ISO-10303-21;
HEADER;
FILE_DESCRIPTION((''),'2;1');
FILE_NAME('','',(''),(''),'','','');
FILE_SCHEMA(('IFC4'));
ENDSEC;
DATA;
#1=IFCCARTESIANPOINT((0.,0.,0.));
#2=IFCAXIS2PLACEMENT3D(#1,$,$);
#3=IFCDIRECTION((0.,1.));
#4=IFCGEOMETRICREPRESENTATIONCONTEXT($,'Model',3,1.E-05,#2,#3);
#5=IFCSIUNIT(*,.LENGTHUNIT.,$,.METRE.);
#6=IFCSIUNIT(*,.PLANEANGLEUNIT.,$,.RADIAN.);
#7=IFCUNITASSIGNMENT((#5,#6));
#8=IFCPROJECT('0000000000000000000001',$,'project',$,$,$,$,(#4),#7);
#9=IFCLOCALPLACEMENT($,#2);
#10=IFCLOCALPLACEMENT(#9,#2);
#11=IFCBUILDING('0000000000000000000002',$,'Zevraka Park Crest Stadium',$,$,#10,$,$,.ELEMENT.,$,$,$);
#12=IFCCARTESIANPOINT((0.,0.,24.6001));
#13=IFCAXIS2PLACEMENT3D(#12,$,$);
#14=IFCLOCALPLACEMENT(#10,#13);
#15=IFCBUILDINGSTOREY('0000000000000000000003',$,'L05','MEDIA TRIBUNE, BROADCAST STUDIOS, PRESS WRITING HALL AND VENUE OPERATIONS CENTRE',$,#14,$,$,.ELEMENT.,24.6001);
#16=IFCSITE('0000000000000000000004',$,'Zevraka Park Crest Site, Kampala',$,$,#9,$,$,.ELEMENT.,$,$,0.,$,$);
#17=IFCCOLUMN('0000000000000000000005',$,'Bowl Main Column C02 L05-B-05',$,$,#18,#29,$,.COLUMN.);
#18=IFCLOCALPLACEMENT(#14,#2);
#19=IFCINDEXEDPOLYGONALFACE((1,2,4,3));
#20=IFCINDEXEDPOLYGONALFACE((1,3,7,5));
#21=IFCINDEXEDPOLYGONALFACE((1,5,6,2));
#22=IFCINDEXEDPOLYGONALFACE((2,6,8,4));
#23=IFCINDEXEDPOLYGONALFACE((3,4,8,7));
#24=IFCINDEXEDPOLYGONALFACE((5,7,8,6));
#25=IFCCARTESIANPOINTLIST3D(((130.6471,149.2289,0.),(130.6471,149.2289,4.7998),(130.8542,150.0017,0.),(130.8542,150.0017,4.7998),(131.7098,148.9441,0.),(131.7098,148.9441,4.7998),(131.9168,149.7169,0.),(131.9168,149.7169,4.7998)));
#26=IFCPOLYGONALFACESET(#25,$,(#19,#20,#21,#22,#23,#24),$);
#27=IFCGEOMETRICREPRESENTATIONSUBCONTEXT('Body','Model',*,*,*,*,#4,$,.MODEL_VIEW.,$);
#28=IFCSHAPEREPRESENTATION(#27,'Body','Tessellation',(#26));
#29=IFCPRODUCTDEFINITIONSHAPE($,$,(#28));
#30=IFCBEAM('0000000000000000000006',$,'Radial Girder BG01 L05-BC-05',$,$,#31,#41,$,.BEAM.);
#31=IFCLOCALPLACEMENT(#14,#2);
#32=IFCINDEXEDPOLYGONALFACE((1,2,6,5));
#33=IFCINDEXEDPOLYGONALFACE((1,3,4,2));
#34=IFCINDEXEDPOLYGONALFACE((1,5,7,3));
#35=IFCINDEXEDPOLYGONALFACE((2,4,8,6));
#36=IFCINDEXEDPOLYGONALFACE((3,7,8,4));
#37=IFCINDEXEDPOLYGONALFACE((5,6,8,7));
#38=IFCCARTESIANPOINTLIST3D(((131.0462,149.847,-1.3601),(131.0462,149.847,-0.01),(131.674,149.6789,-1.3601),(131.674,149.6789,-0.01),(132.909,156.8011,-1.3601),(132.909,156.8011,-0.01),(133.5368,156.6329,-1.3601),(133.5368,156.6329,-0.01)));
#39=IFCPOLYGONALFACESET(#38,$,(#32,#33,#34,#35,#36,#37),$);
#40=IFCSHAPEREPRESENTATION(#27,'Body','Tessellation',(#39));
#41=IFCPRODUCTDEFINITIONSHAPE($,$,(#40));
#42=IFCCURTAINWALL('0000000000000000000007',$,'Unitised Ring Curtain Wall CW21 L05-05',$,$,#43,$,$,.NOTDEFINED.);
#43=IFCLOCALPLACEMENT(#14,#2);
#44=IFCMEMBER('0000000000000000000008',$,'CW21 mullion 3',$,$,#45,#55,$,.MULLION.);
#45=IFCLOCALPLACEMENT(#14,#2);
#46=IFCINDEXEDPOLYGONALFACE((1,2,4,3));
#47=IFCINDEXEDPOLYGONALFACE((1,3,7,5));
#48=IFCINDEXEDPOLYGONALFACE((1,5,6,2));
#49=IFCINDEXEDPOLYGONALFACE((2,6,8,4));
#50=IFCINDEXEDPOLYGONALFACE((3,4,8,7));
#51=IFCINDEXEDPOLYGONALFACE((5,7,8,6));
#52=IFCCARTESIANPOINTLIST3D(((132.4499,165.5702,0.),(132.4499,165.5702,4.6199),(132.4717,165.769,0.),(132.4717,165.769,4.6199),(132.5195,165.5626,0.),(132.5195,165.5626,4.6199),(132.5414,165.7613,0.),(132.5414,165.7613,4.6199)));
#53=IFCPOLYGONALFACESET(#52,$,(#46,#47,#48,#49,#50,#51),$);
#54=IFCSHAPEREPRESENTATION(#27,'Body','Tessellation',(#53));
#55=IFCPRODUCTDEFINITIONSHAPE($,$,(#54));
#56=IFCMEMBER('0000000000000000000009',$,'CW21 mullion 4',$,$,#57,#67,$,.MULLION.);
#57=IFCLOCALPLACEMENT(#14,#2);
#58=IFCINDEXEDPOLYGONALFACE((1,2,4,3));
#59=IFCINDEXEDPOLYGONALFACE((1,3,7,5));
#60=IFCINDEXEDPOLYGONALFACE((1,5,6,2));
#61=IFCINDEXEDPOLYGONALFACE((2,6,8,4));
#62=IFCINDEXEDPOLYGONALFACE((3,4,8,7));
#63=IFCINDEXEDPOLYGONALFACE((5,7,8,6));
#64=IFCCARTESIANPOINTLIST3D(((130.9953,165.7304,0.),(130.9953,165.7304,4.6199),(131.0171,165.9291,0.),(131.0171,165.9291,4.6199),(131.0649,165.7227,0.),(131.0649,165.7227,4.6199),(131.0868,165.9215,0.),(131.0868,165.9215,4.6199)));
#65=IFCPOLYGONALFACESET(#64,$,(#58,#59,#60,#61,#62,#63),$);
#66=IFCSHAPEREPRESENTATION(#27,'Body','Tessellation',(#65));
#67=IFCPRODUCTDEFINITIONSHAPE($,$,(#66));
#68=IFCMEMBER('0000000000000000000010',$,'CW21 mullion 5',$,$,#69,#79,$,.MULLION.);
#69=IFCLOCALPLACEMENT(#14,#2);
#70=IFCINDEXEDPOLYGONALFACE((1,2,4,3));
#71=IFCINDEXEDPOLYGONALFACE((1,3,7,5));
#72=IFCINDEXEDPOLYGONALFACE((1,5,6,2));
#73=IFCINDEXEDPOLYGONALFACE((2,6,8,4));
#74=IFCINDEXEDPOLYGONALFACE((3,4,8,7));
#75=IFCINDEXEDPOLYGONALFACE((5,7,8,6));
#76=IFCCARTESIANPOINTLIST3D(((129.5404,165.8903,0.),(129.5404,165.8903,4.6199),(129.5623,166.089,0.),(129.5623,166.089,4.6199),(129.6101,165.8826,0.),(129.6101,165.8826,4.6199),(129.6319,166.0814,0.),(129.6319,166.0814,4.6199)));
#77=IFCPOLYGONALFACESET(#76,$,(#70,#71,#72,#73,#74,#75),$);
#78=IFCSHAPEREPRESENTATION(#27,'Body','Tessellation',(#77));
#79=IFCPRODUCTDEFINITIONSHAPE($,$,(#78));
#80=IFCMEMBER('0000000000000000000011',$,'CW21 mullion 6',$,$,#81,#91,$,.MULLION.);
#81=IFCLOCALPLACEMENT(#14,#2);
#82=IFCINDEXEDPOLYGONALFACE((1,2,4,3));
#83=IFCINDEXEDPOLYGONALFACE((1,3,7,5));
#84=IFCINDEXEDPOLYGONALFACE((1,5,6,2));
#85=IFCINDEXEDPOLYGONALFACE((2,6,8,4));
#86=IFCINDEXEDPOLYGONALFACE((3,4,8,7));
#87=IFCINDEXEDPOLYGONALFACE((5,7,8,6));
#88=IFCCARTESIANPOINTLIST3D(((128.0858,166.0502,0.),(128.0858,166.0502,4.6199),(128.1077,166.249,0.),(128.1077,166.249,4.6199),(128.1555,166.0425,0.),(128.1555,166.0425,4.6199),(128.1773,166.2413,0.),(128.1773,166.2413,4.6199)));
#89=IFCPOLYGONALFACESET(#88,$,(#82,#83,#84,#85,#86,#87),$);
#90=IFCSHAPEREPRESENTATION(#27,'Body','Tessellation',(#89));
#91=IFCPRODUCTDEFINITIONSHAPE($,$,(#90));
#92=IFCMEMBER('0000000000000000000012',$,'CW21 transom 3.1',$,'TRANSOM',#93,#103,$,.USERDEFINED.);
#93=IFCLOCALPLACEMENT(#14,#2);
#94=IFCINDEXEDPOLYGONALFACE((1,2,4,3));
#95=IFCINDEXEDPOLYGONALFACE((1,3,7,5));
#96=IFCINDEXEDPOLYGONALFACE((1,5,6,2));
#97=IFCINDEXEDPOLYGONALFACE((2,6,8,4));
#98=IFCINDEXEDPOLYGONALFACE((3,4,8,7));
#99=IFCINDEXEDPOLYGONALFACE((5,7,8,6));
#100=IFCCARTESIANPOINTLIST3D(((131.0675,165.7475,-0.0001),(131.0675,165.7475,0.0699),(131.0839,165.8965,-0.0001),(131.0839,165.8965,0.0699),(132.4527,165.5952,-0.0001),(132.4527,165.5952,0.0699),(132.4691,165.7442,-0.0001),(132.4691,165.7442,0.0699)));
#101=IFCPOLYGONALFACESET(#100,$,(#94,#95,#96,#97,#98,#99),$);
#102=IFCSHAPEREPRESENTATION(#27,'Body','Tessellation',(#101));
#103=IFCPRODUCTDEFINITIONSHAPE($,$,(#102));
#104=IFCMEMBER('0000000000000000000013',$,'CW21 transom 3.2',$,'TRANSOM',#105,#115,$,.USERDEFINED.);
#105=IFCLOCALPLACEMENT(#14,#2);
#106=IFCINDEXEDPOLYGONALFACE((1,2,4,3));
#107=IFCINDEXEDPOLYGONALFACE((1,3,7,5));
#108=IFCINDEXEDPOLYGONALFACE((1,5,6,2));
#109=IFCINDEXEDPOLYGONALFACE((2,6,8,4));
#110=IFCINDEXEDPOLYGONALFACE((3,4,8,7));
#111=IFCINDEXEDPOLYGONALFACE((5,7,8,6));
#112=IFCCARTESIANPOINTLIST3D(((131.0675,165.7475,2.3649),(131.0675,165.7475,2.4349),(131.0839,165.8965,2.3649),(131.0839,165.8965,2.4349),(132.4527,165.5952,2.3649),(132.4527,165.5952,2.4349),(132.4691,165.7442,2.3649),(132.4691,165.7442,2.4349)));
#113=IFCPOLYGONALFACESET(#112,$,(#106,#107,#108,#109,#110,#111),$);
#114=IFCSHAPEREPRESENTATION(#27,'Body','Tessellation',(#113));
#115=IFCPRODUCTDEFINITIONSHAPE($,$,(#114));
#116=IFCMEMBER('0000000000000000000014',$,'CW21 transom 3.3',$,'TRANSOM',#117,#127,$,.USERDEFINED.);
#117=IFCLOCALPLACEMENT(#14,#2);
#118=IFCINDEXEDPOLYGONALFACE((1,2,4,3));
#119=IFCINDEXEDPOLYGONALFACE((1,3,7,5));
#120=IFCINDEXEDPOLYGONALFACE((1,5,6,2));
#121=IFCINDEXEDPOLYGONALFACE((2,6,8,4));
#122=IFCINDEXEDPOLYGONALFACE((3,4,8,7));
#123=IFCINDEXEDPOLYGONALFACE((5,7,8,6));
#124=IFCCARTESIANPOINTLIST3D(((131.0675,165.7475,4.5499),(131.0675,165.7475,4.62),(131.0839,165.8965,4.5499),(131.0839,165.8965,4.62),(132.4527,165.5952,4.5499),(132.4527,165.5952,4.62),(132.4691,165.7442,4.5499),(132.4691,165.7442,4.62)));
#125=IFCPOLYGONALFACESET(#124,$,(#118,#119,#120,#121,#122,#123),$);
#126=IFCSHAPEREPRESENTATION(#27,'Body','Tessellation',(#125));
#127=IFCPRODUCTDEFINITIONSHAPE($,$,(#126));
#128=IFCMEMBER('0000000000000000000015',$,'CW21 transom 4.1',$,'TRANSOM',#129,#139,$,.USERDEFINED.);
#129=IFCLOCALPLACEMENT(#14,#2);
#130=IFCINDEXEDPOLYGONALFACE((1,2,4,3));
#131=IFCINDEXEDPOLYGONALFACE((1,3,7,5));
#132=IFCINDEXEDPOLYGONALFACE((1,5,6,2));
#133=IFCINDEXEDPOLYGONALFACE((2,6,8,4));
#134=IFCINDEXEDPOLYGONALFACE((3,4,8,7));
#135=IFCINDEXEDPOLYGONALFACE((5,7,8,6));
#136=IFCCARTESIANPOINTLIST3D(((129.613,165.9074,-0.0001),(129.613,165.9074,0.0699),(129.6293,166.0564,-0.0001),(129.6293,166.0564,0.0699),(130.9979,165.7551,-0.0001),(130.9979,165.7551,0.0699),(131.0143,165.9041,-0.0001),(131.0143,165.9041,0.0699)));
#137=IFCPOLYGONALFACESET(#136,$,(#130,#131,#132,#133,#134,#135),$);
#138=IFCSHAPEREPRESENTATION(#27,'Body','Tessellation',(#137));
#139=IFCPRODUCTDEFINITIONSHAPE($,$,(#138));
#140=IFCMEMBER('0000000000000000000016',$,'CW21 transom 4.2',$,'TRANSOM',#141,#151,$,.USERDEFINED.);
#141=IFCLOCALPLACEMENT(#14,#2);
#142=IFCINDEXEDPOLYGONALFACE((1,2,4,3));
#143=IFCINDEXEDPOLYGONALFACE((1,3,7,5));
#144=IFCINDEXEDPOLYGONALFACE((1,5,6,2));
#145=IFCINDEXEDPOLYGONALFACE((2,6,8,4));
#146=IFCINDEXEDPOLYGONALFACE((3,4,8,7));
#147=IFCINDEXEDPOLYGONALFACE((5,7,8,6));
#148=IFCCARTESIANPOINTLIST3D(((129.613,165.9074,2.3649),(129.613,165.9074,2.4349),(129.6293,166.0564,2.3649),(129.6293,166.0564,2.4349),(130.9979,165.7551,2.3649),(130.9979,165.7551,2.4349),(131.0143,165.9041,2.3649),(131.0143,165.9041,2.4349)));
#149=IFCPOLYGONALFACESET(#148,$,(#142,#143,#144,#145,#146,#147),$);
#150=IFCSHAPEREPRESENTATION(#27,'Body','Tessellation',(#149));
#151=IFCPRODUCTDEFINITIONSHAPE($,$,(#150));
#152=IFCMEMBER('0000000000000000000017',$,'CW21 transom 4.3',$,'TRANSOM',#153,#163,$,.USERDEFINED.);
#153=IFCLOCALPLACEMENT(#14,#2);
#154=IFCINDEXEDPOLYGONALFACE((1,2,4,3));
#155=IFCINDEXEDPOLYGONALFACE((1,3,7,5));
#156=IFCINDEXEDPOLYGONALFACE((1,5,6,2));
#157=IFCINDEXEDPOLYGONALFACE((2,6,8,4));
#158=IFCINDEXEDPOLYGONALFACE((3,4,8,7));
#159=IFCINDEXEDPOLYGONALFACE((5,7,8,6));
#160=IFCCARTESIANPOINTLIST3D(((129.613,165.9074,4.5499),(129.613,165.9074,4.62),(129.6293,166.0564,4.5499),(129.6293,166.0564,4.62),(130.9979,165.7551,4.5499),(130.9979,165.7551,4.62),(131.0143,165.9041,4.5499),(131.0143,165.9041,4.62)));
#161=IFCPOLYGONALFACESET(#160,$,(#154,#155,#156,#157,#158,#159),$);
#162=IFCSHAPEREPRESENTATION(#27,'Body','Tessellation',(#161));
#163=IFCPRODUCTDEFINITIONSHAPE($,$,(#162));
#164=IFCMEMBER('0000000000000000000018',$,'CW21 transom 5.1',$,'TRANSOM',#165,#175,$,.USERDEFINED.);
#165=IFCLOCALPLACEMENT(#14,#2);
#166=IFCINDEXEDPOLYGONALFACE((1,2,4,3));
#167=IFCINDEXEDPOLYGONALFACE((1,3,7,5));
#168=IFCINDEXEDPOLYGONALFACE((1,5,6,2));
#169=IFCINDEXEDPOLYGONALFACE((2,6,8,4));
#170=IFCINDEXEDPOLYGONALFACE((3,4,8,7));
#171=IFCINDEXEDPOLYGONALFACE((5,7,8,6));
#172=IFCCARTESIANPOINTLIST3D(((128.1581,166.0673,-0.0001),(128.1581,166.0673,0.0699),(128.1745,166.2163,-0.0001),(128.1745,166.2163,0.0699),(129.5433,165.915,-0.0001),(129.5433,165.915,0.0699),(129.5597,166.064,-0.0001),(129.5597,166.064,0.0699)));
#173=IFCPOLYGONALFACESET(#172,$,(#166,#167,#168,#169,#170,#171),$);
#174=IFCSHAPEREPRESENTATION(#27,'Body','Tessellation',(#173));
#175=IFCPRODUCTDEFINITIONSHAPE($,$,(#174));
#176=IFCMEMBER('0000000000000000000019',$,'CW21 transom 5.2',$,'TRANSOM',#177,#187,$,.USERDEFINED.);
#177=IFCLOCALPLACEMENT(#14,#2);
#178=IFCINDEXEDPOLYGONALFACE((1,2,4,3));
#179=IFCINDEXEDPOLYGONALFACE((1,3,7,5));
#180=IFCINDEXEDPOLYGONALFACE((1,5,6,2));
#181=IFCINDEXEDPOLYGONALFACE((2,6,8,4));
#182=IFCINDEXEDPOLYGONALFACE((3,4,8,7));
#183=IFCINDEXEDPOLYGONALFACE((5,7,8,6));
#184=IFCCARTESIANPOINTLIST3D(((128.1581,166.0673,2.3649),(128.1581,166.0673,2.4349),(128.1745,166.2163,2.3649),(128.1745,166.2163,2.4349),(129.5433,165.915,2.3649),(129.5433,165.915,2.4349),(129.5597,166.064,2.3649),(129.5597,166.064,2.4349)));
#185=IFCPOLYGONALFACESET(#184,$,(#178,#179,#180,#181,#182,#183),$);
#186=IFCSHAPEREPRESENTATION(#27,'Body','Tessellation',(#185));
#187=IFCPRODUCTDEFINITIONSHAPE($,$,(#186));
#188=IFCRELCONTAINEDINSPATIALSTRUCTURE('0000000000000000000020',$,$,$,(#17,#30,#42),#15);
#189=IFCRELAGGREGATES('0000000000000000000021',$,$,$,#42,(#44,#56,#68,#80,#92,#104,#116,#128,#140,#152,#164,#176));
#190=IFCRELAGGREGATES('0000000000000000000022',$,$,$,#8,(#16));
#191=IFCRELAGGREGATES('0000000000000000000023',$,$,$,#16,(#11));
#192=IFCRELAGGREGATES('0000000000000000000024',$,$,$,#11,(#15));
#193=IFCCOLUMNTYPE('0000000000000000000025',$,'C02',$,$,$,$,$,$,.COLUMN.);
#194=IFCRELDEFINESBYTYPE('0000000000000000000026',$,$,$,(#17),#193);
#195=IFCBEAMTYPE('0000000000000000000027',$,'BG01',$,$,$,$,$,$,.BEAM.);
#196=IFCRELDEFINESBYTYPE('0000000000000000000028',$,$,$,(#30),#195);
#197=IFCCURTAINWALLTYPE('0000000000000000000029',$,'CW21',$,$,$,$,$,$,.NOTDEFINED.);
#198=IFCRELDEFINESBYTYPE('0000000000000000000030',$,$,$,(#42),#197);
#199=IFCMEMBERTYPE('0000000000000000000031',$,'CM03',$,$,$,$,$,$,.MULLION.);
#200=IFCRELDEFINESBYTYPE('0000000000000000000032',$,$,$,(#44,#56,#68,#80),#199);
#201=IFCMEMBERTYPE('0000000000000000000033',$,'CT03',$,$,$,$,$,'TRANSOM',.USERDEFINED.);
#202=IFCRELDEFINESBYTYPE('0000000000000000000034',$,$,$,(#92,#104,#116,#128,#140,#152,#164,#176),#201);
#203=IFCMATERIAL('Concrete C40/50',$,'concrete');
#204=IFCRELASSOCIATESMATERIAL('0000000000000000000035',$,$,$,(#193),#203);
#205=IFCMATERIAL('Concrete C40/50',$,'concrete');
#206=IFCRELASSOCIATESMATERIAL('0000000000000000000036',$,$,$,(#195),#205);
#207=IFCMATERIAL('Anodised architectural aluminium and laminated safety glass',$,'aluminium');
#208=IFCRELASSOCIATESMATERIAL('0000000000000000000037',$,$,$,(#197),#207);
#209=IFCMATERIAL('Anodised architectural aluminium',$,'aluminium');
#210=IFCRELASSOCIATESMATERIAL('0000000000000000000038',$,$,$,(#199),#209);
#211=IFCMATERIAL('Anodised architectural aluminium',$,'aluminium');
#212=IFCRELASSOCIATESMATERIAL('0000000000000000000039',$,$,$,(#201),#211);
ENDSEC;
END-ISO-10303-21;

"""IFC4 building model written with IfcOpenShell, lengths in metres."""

from ifc_helpers import new_model, si_unit, direction, frame, origin, origin_2d, place, context, subcontext, project, spatial, rectangle, extrude, material, material_profile, profile_set, type_object, element, aggregate, save


model = new_model("IFC4")

# Units and contexts
model_context = context("Model", 3, precision=1e-05, world=origin(), true_north=direction((0.0, 1.0)))
body_context = subcontext(model_context, "Body", "Model", "MODEL_VIEW")
ifc_project = project(units=[si_unit("LENGTHUNIT", "METRE"), si_unit("PLANEANGLEUNIT", "RADIAN")], contexts=[model_context])

# Site, building, storey
site_placement = place(None, origin())
site = spatial("IfcSite", under=ifc_project, at=site_placement, Name="Zevraka Park Crest Site, Kampala", CompositionType="ELEMENT", RefElevation=0.0)
building_placement = place(site_placement, origin())
building = spatial("IfcBuilding", under=site, at=building_placement, Name="Zevraka Park Crest Stadium", CompositionType="ELEMENT")
storey_placement = place(building_placement, frame((0.0, 0.0, 24.6001)))
storey = spatial("IfcBuildingStorey", under=building, at=storey_placement, Name="L05", Description="MEDIA TRIBUNE, BROADCAST STUDIOS, PRESS WRITING HALL AND VENUE OPERATIONS CENTRE", CompositionType="ELEMENT", Elevation=24.6001)

# Column
ifc_material_1 = material(Name="Concrete C40/50", Category="concrete")
ifc_material_profile_1 = material_profile(ifc_material_1, rectangle(XDim=0.8, YDim=1.1001, at=origin_2d()), Name="RC 1100x800")
ifc_profile_set_1 = profile_set([ifc_material_profile_1], Name="Concrete C40/50")
column_type = type_object("IfcColumnType", Name="C02", PredefinedType="COLUMN", material=ifc_profile_set_1)
column_placement = place(storey_placement, frame((131.282, 149.4729, 0.0), z_axis=(0.0, 0.0, 1.0), x_axis=(0.258819, 0.965926, 0.0)))
element("IfcColumn", 1, at=column_placement, inside=storey, type_object=column_type, Name="Bowl Main Column C02 L05-B-05", PredefinedType="COLUMN", context=body_context, shape_type="SweptSolid", body=[
    extrude(rectangle(XDim=0.8, YDim=1.1001, at=origin_2d()), origin(), (0.0, 0.0, 1.0), 4.7998),
])

# Beam
ifc_material_2 = material(Name="Concrete C40/50", Category="concrete")
ifc_material_profile_2 = material_profile(ifc_material_2, rectangle(XDim=0.6499, YDim=1.3501, at=origin_2d()), Name="RC 1350x650")
ifc_profile_set_2 = profile_set([ifc_material_profile_2], Name="Concrete C40/50")
beam_type_1 = type_object("IfcBeamType", Name="BG01", PredefinedType="BEAM", material=ifc_profile_set_2)
beam_1_placement = place(storey_placement, frame((131.3601, 149.7629, -0.6851), z_axis=(0.258747, 0.965945, 0.0), x_axis=(-0.965945, 0.258747, 0.0)))
element("IfcBeam", 2, at=beam_1_placement, inside=storey, type_object=beam_type_1, Name="Radial Girder BG01 L05-BC-05", PredefinedType="BEAM", context=body_context, shape_type="SweptSolid", body=[
    extrude(rectangle(XDim=0.6499, YDim=1.3501, at=origin_2d()), origin(), (0.0, 0.0, 1.0), 7.1992),
])

# Curtain wall, members
ifc_material_3 = material(Name="Anodised architectural aluminium and laminated safety glass", Category="aluminium")
curtain_wall_type = type_object("IfcCurtainWallType", Name="CW21", PredefinedType="NOTDEFINED", material=ifc_material_3)
curtain_wall_placement = place(storey_placement, origin())
curtain_wall = element("IfcCurtainWall", 3, at=curtain_wall_placement, inside=storey, type_object=curtain_wall_type, Name="Unitised Ring Curtain Wall CW21 L05-05", PredefinedType="NOTDEFINED")
ifc_material_4 = material(Name="Anodised architectural aluminium", Category="aluminium")
ifc_material_profile_3 = material_profile(ifc_material_4, rectangle(XDim=0.2, YDim=0.0701, at=origin_2d()), Name="ALU MULLION 200x70")
ifc_profile_set_3 = profile_set([ifc_material_profile_3], Name="Anodised architectural aluminium")
member_type_1 = type_object("IfcMemberType", Name="CM03", PredefinedType="MULLION", material=ifc_profile_set_3)
member_1_placement = place(storey_placement, frame((132.4956, 165.6658, 0.0), z_axis=(0.0, 0.0, 1.0), x_axis=(-0.109288, -0.99401, 0.0)))
member_1 = element("IfcMember", 4, at=member_1_placement, type_object=member_type_1, Name="CW21 mullion 3", PredefinedType="MULLION", context=body_context, shape_type="SweptSolid", body=[
    extrude(rectangle(XDim=0.2, YDim=0.0701, at=origin_2d()), origin(), (0.0, 0.0, 1.0), 4.6199),
])
member_2_placement = place(storey_placement, frame((131.041, 165.8259, 0.0), z_axis=(0.0, 0.0, 1.0), x_axis=(-0.109288, -0.99401, 0.0)))
member_2 = element("IfcMember", 5, at=member_2_placement, type_object=member_type_1, Name="CW21 mullion 4", PredefinedType="MULLION", context=body_context, shape_type="SweptSolid", body=[
    extrude(rectangle(XDim=0.2, YDim=0.0701, at=origin_2d()), origin(), (0.0, 0.0, 1.0), 4.6199),
])
member_3_placement = place(storey_placement, frame((129.5862, 165.9858, 0.0), z_axis=(0.0, 0.0, 1.0), x_axis=(-0.109288, -0.99401, 0.0)))
member_3 = element("IfcMember", 6, at=member_3_placement, type_object=member_type_1, Name="CW21 mullion 5", PredefinedType="MULLION", context=body_context, shape_type="SweptSolid", body=[
    extrude(rectangle(XDim=0.2, YDim=0.0701, at=origin_2d()), origin(), (0.0, 0.0, 1.0), 4.6199),
])
member_4_placement = place(storey_placement, frame((128.1316, 166.1458, 0.0), z_axis=(0.0, 0.0, 1.0), x_axis=(-0.109288, -0.99401, 0.0)))
member_4 = element("IfcMember", 7, at=member_4_placement, type_object=member_type_1, Name="CW21 mullion 6", PredefinedType="MULLION", context=body_context, shape_type="SweptSolid", body=[
    extrude(rectangle(XDim=0.2, YDim=0.0701, at=origin_2d()), origin(), (0.0, 0.0, 1.0), 4.6199),
])
ifc_material_5 = material(Name="Anodised architectural aluminium", Category="aluminium")
ifc_material_profile_4 = material_profile(ifc_material_5, rectangle(XDim=0.1499, YDim=0.0701, at=origin_2d()), Name="ALU TRANSOM 150x70")
ifc_profile_set_4 = profile_set([ifc_material_profile_4], Name="Anodised architectural aluminium")
member_type_2 = type_object("IfcMemberType", Name="CT03", ElementType="TRANSOM", PredefinedType="USERDEFINED", material=ifc_profile_set_4)
member_5_placement = place(storey_placement, frame((132.4609, 165.6697, 0.0349), z_axis=(-0.994007, 0.109316, 0.0), x_axis=(-0.109316, -0.994007, 0.0)))
member_5 = element("IfcMember", 8, at=member_5_placement, type_object=member_type_2, Name="CW21 transom 3.1", ObjectType="TRANSOM", PredefinedType="USERDEFINED", context=body_context, shape_type="SweptSolid", body=[
    extrude(rectangle(XDim=0.1499, YDim=0.0701, at=origin_2d()), origin(), (0.0, 0.0, 1.0), 1.3936),
])
member_6_placement = place(storey_placement, frame((132.4609, 165.6697, 2.3999), z_axis=(-0.994007, 0.109316, 0.0), x_axis=(-0.109316, -0.994007, 0.0)))
member_6 = element("IfcMember", 9, at=member_6_placement, type_object=member_type_2, Name="CW21 transom 3.2", ObjectType="TRANSOM", PredefinedType="USERDEFINED", context=body_context, shape_type="SweptSolid", body=[
    extrude(rectangle(XDim=0.1499, YDim=0.0701, at=origin_2d()), origin(), (0.0, 0.0, 1.0), 1.3936),
])
member_7_placement = place(storey_placement, frame((132.4609, 165.6697, 4.585), z_axis=(-0.994007, 0.109316, 0.0), x_axis=(-0.109316, -0.994007, 0.0)))
member_7 = element("IfcMember", 10, at=member_7_placement, type_object=member_type_2, Name="CW21 transom 3.3", ObjectType="TRANSOM", PredefinedType="USERDEFINED", context=body_context, shape_type="SweptSolid", body=[
    extrude(rectangle(XDim=0.1499, YDim=0.0701, at=origin_2d()), origin(), (0.0, 0.0, 1.0), 1.3936),
])
member_8_placement = place(storey_placement, frame((131.0061, 165.8296, 0.0349), z_axis=(-0.994005, 0.109335, 0.0), x_axis=(-0.109335, -0.994005, 0.0)))
member_8 = element("IfcMember", 11, at=member_8_placement, type_object=member_type_2, Name="CW21 transom 4.1", ObjectType="TRANSOM", PredefinedType="USERDEFINED", context=body_context, shape_type="SweptSolid", body=[
    extrude(rectangle(XDim=0.1499, YDim=0.0701, at=origin_2d()), origin(), (0.0, 0.0, 1.0), 1.3933),
])
member_9_placement = place(storey_placement, frame((131.0061, 165.8296, 2.3999), z_axis=(-0.994005, 0.109335, 0.0), x_axis=(-0.109335, -0.994005, 0.0)))
member_9 = element("IfcMember", 12, at=member_9_placement, type_object=member_type_2, Name="CW21 transom 4.2", ObjectType="TRANSOM", PredefinedType="USERDEFINED", context=body_context, shape_type="SweptSolid", body=[
    extrude(rectangle(XDim=0.1499, YDim=0.0701, at=origin_2d()), origin(), (0.0, 0.0, 1.0), 1.3933),
])
member_10_placement = place(storey_placement, frame((131.0061, 165.8296, 4.585), z_axis=(-0.994005, 0.109335, 0.0), x_axis=(-0.109335, -0.994005, 0.0)))
member_10 = element("IfcMember", 13, at=member_10_placement, type_object=member_type_2, Name="CW21 transom 4.3", ObjectType="TRANSOM", PredefinedType="USERDEFINED", context=body_context, shape_type="SweptSolid", body=[
    extrude(rectangle(XDim=0.1499, YDim=0.0701, at=origin_2d()), origin(), (0.0, 0.0, 1.0), 1.3933),
])
member_11_placement = place(storey_placement, frame((129.5515, 165.9895, 0.0349), z_axis=(-0.994007, 0.109316, 0.0), x_axis=(-0.109316, -0.994007, 0.0)))
member_11 = element("IfcMember", 14, at=member_11_placement, type_object=member_type_2, Name="CW21 transom 5.1", ObjectType="TRANSOM", PredefinedType="USERDEFINED", context=body_context, shape_type="SweptSolid", body=[
    extrude(rectangle(XDim=0.1499, YDim=0.0701, at=origin_2d()), origin(), (0.0, 0.0, 1.0), 1.3936),
])
member_12_placement = place(storey_placement, frame((129.5515, 165.9895, 2.3999), z_axis=(-0.994007, 0.109316, 0.0), x_axis=(-0.109316, -0.994007, 0.0)))
member_12 = element("IfcMember", 15, at=member_12_placement, type_object=member_type_2, Name="CW21 transom 5.2", ObjectType="TRANSOM", PredefinedType="USERDEFINED", context=body_context, shape_type="SweptSolid", body=[
    extrude(rectangle(XDim=0.1499, YDim=0.0701, at=origin_2d()), origin(), (0.0, 0.0, 1.0), 1.3936),
])

aggregate(curtain_wall, [member_1, member_2, member_3, member_4, member_5, member_6, member_7, member_8, member_9, member_10, member_11, member_12])

save(model, "model.ifc")
